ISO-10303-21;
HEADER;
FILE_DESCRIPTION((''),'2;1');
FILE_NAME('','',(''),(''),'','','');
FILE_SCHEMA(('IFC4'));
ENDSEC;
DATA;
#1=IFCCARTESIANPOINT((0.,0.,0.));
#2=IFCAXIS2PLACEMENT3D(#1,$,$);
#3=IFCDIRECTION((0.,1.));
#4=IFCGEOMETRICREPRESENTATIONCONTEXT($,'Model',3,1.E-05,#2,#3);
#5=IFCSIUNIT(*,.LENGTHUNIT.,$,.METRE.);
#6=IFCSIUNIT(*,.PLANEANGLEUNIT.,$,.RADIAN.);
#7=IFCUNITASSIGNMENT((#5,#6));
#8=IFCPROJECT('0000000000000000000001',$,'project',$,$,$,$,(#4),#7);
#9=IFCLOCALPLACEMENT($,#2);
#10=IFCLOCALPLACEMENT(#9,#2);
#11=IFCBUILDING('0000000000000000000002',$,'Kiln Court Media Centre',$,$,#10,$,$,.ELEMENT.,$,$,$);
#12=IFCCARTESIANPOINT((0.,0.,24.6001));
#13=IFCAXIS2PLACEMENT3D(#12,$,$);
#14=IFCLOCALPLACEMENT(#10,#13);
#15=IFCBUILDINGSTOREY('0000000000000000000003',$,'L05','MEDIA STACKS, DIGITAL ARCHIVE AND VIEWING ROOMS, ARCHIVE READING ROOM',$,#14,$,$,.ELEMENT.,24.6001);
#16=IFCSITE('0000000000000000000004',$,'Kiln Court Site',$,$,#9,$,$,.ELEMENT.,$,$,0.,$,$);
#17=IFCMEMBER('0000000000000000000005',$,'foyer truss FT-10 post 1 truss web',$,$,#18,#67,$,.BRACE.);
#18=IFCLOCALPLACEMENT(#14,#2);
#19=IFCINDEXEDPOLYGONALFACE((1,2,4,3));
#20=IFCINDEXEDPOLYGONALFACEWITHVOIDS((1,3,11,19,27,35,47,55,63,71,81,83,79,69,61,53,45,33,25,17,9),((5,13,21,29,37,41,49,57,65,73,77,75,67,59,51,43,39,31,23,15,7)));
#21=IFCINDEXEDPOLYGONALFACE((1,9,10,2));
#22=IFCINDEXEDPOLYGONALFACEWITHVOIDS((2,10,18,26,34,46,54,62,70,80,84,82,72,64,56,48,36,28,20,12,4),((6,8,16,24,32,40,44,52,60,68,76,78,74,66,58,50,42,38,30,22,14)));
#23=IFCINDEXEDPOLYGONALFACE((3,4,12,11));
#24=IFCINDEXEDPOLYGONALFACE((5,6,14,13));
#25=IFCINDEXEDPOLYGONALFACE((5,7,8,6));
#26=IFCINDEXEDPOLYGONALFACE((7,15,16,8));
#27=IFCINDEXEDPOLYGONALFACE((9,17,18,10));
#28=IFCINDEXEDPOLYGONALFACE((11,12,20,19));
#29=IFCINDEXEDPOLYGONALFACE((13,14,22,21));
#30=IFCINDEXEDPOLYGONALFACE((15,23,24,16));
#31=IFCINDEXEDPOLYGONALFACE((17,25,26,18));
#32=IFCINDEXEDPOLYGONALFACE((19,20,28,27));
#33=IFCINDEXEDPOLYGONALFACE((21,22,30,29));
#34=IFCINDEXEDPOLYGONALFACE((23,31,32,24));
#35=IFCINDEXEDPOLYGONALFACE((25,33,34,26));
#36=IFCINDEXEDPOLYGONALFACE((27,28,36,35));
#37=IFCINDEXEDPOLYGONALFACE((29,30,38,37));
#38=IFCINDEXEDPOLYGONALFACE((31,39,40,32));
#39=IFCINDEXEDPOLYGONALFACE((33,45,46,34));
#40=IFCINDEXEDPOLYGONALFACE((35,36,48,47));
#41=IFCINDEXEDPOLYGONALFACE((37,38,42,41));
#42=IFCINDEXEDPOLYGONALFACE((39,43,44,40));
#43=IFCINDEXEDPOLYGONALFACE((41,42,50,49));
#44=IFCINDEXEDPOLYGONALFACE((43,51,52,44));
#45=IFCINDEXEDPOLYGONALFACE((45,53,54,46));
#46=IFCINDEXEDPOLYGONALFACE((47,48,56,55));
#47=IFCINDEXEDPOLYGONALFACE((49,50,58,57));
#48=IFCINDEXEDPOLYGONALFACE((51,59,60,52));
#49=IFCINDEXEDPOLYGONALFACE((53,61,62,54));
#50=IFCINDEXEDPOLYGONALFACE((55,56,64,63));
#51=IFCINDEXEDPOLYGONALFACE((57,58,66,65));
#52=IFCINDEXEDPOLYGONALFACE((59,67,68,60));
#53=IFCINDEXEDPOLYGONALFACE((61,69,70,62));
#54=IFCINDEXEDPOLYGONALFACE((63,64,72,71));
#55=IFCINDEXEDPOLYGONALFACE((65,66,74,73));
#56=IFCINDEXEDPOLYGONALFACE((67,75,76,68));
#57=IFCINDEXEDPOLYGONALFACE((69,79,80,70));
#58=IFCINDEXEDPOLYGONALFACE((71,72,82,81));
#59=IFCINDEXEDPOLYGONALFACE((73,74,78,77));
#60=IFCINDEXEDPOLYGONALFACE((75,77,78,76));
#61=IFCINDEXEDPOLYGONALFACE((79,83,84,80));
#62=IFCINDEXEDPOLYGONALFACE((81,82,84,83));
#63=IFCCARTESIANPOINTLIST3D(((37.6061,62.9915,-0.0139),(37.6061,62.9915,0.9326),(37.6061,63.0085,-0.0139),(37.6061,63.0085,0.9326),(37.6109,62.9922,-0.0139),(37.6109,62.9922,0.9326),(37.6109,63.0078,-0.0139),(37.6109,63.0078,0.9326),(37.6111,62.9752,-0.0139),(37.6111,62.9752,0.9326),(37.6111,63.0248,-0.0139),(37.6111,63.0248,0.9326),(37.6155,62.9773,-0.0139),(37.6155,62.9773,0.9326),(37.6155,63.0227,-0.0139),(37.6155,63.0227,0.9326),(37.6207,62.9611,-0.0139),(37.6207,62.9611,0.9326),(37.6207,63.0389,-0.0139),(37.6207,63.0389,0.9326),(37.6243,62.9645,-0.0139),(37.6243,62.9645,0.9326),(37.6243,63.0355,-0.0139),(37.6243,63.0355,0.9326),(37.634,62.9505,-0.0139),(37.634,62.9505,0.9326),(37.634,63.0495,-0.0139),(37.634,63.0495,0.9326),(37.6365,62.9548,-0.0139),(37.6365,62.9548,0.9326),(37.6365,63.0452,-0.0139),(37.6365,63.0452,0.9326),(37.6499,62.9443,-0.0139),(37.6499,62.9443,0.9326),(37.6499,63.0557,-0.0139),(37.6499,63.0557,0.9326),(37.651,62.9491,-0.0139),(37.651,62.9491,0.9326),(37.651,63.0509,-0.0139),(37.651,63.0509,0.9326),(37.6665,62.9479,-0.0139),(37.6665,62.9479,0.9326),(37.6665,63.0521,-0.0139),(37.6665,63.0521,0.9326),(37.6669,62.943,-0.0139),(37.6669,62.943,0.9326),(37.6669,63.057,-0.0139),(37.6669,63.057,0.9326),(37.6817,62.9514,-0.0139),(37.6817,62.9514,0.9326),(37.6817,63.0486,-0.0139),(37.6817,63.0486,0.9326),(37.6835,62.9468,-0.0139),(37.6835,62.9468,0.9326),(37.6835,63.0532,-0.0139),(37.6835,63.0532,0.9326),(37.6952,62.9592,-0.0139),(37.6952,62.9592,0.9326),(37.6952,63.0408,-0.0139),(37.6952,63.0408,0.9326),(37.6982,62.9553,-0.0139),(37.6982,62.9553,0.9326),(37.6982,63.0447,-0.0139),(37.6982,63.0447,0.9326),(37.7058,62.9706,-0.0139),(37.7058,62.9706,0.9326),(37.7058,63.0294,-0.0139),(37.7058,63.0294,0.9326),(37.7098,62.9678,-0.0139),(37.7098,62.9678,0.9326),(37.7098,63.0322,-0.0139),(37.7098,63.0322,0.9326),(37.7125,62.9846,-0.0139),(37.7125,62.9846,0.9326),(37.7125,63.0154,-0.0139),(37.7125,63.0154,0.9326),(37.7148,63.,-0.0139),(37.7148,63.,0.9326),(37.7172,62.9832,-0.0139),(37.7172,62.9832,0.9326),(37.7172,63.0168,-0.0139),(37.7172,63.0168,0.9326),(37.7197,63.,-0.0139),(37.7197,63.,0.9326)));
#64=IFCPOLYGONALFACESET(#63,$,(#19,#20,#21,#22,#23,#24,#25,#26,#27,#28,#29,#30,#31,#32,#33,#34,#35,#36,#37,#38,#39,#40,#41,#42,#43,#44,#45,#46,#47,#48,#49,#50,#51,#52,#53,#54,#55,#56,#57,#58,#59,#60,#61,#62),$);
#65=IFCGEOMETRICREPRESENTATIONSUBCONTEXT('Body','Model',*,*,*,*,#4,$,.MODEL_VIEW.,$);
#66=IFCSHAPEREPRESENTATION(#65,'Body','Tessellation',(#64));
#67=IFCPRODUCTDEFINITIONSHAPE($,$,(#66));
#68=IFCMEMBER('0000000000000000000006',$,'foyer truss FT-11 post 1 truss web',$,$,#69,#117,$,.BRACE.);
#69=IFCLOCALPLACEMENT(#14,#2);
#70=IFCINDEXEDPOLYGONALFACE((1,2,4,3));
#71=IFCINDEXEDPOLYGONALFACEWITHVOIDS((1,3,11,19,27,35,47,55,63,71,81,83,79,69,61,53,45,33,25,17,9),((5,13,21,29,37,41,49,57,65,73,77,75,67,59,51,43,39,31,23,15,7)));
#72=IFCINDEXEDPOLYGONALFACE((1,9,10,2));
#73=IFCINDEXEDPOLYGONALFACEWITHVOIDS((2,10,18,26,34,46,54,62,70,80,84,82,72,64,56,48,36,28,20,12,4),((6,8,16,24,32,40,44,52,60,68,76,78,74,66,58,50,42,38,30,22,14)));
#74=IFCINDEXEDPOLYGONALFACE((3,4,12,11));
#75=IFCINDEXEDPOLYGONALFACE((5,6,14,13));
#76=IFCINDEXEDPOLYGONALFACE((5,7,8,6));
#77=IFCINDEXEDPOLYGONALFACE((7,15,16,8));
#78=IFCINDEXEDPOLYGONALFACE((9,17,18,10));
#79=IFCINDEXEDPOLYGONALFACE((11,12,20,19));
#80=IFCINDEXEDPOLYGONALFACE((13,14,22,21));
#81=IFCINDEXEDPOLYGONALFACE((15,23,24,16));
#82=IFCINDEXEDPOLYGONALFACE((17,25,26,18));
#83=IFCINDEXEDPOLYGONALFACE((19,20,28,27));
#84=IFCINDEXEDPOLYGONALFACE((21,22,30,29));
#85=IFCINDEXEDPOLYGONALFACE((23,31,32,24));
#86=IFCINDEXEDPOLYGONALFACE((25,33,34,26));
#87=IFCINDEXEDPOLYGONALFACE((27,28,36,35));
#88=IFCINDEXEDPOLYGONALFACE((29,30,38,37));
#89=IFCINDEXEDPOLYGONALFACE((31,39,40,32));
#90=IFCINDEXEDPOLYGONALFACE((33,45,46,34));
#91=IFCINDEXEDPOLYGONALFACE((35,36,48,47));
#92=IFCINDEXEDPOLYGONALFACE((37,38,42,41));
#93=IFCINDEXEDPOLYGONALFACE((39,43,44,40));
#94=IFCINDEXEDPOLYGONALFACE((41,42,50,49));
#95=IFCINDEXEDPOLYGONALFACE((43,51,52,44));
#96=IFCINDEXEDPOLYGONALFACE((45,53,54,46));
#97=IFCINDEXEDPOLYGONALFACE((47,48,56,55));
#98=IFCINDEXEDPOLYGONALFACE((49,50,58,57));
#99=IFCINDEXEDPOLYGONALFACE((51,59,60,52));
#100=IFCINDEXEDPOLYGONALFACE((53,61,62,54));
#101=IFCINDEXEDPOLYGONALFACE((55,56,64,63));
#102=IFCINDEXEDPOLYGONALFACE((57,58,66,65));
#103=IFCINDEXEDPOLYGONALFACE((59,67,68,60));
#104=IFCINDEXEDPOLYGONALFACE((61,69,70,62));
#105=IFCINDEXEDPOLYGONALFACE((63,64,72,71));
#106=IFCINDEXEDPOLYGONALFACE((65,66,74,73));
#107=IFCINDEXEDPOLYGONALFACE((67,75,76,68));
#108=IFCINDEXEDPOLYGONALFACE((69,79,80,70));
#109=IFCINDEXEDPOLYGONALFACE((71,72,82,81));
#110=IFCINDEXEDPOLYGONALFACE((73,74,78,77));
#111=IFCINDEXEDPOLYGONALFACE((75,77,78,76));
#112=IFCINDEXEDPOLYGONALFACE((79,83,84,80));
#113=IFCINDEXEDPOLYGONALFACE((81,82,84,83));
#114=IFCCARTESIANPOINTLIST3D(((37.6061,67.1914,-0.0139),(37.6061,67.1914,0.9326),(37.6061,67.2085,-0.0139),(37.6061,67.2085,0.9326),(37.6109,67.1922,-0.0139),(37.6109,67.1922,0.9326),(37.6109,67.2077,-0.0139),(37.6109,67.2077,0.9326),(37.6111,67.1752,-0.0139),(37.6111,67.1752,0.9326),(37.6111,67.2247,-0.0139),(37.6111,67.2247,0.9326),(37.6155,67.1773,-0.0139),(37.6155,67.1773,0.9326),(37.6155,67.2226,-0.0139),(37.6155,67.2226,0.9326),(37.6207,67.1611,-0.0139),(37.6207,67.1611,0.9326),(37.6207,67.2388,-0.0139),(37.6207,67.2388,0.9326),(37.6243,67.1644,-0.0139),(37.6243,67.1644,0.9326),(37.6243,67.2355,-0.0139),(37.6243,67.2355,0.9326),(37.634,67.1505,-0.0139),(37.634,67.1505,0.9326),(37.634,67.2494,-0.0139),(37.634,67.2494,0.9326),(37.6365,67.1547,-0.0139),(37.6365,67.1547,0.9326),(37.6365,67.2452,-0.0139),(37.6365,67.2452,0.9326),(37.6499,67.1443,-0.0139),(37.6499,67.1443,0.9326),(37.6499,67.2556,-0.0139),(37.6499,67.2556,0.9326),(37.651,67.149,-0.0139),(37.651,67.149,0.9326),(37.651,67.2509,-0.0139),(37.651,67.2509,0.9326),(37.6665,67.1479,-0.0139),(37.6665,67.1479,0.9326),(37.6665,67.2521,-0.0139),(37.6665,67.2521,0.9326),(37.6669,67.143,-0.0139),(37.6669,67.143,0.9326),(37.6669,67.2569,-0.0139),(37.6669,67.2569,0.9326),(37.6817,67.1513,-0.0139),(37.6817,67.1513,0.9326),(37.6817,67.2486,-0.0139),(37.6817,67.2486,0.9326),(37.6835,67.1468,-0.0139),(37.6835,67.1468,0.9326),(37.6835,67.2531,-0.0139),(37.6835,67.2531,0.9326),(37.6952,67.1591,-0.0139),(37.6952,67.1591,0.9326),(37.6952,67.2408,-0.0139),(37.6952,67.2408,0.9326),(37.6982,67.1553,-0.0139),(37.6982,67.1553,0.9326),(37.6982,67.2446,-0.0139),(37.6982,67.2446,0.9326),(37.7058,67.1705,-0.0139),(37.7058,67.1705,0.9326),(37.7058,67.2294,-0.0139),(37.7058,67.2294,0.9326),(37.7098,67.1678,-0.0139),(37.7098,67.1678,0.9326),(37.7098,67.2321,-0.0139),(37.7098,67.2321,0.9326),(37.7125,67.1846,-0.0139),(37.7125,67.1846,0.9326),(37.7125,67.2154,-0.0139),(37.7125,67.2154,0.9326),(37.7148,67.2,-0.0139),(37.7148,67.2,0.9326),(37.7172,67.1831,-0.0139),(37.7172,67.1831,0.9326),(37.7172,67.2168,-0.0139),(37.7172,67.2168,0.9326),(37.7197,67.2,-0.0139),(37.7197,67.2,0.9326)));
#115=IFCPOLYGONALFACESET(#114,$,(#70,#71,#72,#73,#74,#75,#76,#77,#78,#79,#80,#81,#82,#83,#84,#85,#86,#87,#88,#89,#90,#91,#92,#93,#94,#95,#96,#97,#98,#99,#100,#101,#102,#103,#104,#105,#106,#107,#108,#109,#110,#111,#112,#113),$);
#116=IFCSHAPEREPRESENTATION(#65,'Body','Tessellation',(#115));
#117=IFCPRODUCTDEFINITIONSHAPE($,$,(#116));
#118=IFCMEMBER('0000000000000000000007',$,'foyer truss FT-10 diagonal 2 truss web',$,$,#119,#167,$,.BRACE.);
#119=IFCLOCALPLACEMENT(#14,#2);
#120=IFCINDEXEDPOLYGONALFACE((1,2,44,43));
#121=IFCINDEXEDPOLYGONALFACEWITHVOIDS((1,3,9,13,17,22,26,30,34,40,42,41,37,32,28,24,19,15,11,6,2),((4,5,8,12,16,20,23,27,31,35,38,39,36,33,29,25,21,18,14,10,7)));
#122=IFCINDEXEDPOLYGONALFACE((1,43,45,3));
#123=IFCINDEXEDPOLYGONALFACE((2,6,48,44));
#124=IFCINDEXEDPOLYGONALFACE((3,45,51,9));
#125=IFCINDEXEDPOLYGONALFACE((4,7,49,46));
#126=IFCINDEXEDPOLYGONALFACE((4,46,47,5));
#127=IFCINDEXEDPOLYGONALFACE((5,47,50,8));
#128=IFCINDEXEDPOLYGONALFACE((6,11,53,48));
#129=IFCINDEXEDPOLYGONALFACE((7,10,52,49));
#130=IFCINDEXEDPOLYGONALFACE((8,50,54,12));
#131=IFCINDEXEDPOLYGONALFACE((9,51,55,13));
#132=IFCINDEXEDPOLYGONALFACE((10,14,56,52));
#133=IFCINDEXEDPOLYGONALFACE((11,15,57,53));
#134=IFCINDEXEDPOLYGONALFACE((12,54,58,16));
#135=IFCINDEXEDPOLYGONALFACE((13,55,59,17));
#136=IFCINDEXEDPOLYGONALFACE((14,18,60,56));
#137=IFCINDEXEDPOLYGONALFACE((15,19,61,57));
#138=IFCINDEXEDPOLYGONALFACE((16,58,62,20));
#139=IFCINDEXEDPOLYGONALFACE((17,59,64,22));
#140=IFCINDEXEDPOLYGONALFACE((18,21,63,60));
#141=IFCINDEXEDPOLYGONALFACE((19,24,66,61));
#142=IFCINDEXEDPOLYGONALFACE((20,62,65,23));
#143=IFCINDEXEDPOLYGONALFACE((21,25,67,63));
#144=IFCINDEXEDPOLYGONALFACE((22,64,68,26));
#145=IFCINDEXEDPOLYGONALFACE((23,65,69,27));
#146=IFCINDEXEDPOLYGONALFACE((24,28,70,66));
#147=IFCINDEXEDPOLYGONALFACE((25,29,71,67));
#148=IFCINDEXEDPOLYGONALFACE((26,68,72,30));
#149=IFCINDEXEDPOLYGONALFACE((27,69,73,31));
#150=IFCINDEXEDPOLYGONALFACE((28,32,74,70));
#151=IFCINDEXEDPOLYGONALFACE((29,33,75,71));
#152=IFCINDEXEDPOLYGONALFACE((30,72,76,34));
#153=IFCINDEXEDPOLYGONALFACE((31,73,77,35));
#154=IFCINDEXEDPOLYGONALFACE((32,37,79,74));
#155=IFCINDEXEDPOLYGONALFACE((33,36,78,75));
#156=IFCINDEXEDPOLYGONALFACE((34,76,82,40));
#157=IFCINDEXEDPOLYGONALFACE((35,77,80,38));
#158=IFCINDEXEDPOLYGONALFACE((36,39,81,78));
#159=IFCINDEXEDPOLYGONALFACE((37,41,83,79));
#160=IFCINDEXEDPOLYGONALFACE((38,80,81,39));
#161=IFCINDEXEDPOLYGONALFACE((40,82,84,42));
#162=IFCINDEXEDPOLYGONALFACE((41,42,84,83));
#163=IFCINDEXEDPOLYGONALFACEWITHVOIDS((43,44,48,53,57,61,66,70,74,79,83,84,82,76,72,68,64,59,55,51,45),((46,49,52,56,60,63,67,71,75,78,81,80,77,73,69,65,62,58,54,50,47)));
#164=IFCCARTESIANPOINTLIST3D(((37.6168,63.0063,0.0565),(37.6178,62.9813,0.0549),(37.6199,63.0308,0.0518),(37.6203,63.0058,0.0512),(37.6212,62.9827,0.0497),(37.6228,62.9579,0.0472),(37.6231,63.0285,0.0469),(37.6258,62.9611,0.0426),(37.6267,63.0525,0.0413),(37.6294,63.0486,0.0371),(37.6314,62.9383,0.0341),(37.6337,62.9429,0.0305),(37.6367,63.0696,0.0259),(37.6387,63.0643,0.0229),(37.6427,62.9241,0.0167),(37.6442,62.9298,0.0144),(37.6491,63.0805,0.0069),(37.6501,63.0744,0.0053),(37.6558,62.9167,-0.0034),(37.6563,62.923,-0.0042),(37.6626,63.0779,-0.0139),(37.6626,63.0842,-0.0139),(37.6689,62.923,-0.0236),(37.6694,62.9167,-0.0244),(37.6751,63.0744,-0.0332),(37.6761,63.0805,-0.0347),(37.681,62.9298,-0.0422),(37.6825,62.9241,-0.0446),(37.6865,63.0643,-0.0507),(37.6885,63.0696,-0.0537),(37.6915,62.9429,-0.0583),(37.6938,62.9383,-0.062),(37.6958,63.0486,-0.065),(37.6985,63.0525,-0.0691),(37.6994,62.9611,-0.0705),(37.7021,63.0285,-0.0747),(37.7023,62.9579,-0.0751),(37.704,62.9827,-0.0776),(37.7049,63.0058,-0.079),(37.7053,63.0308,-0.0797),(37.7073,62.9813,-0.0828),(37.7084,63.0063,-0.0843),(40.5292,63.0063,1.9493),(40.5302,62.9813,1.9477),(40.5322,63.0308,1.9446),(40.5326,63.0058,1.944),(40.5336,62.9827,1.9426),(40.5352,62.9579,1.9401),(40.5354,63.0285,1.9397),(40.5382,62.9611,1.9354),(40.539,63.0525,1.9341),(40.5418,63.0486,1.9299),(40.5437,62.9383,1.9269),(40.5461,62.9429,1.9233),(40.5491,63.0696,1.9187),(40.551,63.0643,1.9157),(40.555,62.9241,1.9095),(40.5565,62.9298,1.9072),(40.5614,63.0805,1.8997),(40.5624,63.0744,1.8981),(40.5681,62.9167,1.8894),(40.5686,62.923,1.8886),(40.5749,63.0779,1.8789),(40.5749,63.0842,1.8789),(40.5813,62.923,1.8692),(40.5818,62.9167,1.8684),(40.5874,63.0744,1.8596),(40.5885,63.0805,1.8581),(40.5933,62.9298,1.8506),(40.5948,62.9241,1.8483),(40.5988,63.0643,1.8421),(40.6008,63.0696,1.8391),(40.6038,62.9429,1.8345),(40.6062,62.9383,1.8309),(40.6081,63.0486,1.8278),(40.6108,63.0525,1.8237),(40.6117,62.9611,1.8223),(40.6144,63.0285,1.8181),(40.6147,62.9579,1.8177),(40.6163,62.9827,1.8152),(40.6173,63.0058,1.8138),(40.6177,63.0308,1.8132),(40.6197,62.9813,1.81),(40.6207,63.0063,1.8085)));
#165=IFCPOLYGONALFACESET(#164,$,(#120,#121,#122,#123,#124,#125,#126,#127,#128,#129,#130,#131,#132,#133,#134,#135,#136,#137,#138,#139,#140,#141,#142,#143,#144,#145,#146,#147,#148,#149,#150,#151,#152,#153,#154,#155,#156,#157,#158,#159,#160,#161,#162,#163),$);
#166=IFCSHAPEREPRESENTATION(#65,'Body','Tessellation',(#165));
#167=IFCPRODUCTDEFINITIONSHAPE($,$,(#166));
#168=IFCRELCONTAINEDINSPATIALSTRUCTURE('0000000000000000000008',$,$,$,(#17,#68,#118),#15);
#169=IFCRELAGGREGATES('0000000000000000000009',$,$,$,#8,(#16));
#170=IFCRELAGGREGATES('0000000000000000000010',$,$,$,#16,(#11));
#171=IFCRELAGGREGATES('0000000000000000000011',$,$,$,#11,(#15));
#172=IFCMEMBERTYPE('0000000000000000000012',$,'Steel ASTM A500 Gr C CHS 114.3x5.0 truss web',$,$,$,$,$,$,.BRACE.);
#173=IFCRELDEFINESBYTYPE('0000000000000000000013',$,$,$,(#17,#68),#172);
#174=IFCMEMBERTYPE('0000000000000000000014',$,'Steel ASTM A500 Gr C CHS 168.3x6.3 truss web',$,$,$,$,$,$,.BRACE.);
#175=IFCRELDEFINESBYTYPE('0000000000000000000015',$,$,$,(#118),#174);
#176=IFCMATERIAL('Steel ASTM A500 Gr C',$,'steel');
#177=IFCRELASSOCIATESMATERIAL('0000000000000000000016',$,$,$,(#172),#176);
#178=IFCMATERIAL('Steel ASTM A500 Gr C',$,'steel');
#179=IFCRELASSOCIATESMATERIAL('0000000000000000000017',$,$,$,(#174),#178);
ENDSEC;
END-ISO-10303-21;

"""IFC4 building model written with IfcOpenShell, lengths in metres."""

from ifc_helpers import new_model, si_unit, direction, frame, origin, origin_2d, place, context, subcontext, project, spatial, hollow_circle, extrude, material, material_profile, profile_set, type_object, element, save


model = new_model("IFC4")

# Units and contexts
model_context = context("Model", 3, precision=1e-05, world=origin(), true_north=direction((0.0, 1.0)))
body_context = subcontext(model_context, "Body", "Model", "MODEL_VIEW")
ifc_project = project(units=[si_unit("LENGTHUNIT", "METRE"), si_unit("PLANEANGLEUNIT", "RADIAN")], contexts=[model_context])

# Site, building, storey
site_placement = place(None, origin())
site = spatial("IfcSite", under=ifc_project, at=site_placement, Name="Kiln Court Site", CompositionType="ELEMENT", RefElevation=0.0)
building_placement = place(site_placement, origin())
building = spatial("IfcBuilding", under=site, at=building_placement, Name="Kiln Court Media Centre", CompositionType="ELEMENT")
storey_placement = place(building_placement, frame((0.0, 0.0, 24.6001)))
storey = spatial("IfcBuildingStorey", under=building, at=storey_placement, Name="L05", Description="MEDIA STACKS, DIGITAL ARCHIVE AND VIEWING ROOMS, ARCHIVE READING ROOM", CompositionType="ELEMENT", Elevation=24.6001)

# Members
ifc_material_1 = material(Name="Steel ASTM A500 Gr C", Category="steel")
ifc_material_profile_1 = material_profile(ifc_material_1, hollow_circle(Radius=0.0571, WallThickness=0.0049, at=origin_2d()), Name="CHS 114.3x5.0")
ifc_profile_set_1 = profile_set([ifc_material_profile_1], Name="Steel ASTM A500 Gr C")
member_type_1 = type_object("IfcMemberType", Name="Steel ASTM A500 Gr C CHS 114.3x5.0 truss web", PredefinedType="BRACE", material=ifc_profile_set_1)
for number, where, z_axis, x_axis, name in (
    (1, (37.6626, 63.0, -0.0139), (0.0, 0.0, 1.0), (1.0, 0.0, 0.0), "foyer truss FT-10 post 1 truss web"),
    (2, (37.6626, 67.2, -0.0139), (0.0, 0.0, 1.0), (1.0, 0.0, 0.0), "foyer truss FT-11 post 1 truss web"),
):
    element("IfcMember", number, at=place(storey_placement, frame(where, z_axis=z_axis, x_axis=x_axis)), inside=storey, type_object=member_type_1, Name=name, PredefinedType="BRACE", context=body_context, shape_type="SweptSolid", body=[
        extrude(hollow_circle(Radius=0.0571, WallThickness=0.0049, at=origin_2d()), origin(), (0.0, 0.0, 1.0), 0.9465),
    ])
ifc_material_2 = material(Name="Steel ASTM A500 Gr C", Category="steel")
ifc_material_profile_2 = material_profile(ifc_material_2, hollow_circle(Radius=0.0842, WallThickness=0.0063, at=origin_2d()), Name="CHS 168.3x6.3")
ifc_profile_set_2 = profile_set([ifc_material_profile_2], Name="Steel ASTM A500 Gr C")
member_type_2 = type_object("IfcMemberType", Name="Steel ASTM A500 Gr C CHS 168.3x6.3 truss web", PredefinedType="BRACE", material=ifc_profile_set_2)
for number, where, z_axis, x_axis, name in (
    (3, (37.6626, 63.0, -0.0139), (0.838471, 0.0, 0.544946), (0.0, 1.0, 0.0), "foyer truss FT-10 diagonal 2 truss web"),
):
    element("IfcMember", number, at=place(storey_placement, frame(where, z_axis=z_axis, x_axis=x_axis)), inside=storey, type_object=member_type_2, Name=name, PredefinedType="BRACE", context=body_context, shape_type="SweptSolid", body=[
        extrude(hollow_circle(Radius=0.0842, WallThickness=0.0063, at=origin_2d()), origin(), (0.0, 0.0, 1.0), 3.4734),
    ])

save(model, "model.ifc")
